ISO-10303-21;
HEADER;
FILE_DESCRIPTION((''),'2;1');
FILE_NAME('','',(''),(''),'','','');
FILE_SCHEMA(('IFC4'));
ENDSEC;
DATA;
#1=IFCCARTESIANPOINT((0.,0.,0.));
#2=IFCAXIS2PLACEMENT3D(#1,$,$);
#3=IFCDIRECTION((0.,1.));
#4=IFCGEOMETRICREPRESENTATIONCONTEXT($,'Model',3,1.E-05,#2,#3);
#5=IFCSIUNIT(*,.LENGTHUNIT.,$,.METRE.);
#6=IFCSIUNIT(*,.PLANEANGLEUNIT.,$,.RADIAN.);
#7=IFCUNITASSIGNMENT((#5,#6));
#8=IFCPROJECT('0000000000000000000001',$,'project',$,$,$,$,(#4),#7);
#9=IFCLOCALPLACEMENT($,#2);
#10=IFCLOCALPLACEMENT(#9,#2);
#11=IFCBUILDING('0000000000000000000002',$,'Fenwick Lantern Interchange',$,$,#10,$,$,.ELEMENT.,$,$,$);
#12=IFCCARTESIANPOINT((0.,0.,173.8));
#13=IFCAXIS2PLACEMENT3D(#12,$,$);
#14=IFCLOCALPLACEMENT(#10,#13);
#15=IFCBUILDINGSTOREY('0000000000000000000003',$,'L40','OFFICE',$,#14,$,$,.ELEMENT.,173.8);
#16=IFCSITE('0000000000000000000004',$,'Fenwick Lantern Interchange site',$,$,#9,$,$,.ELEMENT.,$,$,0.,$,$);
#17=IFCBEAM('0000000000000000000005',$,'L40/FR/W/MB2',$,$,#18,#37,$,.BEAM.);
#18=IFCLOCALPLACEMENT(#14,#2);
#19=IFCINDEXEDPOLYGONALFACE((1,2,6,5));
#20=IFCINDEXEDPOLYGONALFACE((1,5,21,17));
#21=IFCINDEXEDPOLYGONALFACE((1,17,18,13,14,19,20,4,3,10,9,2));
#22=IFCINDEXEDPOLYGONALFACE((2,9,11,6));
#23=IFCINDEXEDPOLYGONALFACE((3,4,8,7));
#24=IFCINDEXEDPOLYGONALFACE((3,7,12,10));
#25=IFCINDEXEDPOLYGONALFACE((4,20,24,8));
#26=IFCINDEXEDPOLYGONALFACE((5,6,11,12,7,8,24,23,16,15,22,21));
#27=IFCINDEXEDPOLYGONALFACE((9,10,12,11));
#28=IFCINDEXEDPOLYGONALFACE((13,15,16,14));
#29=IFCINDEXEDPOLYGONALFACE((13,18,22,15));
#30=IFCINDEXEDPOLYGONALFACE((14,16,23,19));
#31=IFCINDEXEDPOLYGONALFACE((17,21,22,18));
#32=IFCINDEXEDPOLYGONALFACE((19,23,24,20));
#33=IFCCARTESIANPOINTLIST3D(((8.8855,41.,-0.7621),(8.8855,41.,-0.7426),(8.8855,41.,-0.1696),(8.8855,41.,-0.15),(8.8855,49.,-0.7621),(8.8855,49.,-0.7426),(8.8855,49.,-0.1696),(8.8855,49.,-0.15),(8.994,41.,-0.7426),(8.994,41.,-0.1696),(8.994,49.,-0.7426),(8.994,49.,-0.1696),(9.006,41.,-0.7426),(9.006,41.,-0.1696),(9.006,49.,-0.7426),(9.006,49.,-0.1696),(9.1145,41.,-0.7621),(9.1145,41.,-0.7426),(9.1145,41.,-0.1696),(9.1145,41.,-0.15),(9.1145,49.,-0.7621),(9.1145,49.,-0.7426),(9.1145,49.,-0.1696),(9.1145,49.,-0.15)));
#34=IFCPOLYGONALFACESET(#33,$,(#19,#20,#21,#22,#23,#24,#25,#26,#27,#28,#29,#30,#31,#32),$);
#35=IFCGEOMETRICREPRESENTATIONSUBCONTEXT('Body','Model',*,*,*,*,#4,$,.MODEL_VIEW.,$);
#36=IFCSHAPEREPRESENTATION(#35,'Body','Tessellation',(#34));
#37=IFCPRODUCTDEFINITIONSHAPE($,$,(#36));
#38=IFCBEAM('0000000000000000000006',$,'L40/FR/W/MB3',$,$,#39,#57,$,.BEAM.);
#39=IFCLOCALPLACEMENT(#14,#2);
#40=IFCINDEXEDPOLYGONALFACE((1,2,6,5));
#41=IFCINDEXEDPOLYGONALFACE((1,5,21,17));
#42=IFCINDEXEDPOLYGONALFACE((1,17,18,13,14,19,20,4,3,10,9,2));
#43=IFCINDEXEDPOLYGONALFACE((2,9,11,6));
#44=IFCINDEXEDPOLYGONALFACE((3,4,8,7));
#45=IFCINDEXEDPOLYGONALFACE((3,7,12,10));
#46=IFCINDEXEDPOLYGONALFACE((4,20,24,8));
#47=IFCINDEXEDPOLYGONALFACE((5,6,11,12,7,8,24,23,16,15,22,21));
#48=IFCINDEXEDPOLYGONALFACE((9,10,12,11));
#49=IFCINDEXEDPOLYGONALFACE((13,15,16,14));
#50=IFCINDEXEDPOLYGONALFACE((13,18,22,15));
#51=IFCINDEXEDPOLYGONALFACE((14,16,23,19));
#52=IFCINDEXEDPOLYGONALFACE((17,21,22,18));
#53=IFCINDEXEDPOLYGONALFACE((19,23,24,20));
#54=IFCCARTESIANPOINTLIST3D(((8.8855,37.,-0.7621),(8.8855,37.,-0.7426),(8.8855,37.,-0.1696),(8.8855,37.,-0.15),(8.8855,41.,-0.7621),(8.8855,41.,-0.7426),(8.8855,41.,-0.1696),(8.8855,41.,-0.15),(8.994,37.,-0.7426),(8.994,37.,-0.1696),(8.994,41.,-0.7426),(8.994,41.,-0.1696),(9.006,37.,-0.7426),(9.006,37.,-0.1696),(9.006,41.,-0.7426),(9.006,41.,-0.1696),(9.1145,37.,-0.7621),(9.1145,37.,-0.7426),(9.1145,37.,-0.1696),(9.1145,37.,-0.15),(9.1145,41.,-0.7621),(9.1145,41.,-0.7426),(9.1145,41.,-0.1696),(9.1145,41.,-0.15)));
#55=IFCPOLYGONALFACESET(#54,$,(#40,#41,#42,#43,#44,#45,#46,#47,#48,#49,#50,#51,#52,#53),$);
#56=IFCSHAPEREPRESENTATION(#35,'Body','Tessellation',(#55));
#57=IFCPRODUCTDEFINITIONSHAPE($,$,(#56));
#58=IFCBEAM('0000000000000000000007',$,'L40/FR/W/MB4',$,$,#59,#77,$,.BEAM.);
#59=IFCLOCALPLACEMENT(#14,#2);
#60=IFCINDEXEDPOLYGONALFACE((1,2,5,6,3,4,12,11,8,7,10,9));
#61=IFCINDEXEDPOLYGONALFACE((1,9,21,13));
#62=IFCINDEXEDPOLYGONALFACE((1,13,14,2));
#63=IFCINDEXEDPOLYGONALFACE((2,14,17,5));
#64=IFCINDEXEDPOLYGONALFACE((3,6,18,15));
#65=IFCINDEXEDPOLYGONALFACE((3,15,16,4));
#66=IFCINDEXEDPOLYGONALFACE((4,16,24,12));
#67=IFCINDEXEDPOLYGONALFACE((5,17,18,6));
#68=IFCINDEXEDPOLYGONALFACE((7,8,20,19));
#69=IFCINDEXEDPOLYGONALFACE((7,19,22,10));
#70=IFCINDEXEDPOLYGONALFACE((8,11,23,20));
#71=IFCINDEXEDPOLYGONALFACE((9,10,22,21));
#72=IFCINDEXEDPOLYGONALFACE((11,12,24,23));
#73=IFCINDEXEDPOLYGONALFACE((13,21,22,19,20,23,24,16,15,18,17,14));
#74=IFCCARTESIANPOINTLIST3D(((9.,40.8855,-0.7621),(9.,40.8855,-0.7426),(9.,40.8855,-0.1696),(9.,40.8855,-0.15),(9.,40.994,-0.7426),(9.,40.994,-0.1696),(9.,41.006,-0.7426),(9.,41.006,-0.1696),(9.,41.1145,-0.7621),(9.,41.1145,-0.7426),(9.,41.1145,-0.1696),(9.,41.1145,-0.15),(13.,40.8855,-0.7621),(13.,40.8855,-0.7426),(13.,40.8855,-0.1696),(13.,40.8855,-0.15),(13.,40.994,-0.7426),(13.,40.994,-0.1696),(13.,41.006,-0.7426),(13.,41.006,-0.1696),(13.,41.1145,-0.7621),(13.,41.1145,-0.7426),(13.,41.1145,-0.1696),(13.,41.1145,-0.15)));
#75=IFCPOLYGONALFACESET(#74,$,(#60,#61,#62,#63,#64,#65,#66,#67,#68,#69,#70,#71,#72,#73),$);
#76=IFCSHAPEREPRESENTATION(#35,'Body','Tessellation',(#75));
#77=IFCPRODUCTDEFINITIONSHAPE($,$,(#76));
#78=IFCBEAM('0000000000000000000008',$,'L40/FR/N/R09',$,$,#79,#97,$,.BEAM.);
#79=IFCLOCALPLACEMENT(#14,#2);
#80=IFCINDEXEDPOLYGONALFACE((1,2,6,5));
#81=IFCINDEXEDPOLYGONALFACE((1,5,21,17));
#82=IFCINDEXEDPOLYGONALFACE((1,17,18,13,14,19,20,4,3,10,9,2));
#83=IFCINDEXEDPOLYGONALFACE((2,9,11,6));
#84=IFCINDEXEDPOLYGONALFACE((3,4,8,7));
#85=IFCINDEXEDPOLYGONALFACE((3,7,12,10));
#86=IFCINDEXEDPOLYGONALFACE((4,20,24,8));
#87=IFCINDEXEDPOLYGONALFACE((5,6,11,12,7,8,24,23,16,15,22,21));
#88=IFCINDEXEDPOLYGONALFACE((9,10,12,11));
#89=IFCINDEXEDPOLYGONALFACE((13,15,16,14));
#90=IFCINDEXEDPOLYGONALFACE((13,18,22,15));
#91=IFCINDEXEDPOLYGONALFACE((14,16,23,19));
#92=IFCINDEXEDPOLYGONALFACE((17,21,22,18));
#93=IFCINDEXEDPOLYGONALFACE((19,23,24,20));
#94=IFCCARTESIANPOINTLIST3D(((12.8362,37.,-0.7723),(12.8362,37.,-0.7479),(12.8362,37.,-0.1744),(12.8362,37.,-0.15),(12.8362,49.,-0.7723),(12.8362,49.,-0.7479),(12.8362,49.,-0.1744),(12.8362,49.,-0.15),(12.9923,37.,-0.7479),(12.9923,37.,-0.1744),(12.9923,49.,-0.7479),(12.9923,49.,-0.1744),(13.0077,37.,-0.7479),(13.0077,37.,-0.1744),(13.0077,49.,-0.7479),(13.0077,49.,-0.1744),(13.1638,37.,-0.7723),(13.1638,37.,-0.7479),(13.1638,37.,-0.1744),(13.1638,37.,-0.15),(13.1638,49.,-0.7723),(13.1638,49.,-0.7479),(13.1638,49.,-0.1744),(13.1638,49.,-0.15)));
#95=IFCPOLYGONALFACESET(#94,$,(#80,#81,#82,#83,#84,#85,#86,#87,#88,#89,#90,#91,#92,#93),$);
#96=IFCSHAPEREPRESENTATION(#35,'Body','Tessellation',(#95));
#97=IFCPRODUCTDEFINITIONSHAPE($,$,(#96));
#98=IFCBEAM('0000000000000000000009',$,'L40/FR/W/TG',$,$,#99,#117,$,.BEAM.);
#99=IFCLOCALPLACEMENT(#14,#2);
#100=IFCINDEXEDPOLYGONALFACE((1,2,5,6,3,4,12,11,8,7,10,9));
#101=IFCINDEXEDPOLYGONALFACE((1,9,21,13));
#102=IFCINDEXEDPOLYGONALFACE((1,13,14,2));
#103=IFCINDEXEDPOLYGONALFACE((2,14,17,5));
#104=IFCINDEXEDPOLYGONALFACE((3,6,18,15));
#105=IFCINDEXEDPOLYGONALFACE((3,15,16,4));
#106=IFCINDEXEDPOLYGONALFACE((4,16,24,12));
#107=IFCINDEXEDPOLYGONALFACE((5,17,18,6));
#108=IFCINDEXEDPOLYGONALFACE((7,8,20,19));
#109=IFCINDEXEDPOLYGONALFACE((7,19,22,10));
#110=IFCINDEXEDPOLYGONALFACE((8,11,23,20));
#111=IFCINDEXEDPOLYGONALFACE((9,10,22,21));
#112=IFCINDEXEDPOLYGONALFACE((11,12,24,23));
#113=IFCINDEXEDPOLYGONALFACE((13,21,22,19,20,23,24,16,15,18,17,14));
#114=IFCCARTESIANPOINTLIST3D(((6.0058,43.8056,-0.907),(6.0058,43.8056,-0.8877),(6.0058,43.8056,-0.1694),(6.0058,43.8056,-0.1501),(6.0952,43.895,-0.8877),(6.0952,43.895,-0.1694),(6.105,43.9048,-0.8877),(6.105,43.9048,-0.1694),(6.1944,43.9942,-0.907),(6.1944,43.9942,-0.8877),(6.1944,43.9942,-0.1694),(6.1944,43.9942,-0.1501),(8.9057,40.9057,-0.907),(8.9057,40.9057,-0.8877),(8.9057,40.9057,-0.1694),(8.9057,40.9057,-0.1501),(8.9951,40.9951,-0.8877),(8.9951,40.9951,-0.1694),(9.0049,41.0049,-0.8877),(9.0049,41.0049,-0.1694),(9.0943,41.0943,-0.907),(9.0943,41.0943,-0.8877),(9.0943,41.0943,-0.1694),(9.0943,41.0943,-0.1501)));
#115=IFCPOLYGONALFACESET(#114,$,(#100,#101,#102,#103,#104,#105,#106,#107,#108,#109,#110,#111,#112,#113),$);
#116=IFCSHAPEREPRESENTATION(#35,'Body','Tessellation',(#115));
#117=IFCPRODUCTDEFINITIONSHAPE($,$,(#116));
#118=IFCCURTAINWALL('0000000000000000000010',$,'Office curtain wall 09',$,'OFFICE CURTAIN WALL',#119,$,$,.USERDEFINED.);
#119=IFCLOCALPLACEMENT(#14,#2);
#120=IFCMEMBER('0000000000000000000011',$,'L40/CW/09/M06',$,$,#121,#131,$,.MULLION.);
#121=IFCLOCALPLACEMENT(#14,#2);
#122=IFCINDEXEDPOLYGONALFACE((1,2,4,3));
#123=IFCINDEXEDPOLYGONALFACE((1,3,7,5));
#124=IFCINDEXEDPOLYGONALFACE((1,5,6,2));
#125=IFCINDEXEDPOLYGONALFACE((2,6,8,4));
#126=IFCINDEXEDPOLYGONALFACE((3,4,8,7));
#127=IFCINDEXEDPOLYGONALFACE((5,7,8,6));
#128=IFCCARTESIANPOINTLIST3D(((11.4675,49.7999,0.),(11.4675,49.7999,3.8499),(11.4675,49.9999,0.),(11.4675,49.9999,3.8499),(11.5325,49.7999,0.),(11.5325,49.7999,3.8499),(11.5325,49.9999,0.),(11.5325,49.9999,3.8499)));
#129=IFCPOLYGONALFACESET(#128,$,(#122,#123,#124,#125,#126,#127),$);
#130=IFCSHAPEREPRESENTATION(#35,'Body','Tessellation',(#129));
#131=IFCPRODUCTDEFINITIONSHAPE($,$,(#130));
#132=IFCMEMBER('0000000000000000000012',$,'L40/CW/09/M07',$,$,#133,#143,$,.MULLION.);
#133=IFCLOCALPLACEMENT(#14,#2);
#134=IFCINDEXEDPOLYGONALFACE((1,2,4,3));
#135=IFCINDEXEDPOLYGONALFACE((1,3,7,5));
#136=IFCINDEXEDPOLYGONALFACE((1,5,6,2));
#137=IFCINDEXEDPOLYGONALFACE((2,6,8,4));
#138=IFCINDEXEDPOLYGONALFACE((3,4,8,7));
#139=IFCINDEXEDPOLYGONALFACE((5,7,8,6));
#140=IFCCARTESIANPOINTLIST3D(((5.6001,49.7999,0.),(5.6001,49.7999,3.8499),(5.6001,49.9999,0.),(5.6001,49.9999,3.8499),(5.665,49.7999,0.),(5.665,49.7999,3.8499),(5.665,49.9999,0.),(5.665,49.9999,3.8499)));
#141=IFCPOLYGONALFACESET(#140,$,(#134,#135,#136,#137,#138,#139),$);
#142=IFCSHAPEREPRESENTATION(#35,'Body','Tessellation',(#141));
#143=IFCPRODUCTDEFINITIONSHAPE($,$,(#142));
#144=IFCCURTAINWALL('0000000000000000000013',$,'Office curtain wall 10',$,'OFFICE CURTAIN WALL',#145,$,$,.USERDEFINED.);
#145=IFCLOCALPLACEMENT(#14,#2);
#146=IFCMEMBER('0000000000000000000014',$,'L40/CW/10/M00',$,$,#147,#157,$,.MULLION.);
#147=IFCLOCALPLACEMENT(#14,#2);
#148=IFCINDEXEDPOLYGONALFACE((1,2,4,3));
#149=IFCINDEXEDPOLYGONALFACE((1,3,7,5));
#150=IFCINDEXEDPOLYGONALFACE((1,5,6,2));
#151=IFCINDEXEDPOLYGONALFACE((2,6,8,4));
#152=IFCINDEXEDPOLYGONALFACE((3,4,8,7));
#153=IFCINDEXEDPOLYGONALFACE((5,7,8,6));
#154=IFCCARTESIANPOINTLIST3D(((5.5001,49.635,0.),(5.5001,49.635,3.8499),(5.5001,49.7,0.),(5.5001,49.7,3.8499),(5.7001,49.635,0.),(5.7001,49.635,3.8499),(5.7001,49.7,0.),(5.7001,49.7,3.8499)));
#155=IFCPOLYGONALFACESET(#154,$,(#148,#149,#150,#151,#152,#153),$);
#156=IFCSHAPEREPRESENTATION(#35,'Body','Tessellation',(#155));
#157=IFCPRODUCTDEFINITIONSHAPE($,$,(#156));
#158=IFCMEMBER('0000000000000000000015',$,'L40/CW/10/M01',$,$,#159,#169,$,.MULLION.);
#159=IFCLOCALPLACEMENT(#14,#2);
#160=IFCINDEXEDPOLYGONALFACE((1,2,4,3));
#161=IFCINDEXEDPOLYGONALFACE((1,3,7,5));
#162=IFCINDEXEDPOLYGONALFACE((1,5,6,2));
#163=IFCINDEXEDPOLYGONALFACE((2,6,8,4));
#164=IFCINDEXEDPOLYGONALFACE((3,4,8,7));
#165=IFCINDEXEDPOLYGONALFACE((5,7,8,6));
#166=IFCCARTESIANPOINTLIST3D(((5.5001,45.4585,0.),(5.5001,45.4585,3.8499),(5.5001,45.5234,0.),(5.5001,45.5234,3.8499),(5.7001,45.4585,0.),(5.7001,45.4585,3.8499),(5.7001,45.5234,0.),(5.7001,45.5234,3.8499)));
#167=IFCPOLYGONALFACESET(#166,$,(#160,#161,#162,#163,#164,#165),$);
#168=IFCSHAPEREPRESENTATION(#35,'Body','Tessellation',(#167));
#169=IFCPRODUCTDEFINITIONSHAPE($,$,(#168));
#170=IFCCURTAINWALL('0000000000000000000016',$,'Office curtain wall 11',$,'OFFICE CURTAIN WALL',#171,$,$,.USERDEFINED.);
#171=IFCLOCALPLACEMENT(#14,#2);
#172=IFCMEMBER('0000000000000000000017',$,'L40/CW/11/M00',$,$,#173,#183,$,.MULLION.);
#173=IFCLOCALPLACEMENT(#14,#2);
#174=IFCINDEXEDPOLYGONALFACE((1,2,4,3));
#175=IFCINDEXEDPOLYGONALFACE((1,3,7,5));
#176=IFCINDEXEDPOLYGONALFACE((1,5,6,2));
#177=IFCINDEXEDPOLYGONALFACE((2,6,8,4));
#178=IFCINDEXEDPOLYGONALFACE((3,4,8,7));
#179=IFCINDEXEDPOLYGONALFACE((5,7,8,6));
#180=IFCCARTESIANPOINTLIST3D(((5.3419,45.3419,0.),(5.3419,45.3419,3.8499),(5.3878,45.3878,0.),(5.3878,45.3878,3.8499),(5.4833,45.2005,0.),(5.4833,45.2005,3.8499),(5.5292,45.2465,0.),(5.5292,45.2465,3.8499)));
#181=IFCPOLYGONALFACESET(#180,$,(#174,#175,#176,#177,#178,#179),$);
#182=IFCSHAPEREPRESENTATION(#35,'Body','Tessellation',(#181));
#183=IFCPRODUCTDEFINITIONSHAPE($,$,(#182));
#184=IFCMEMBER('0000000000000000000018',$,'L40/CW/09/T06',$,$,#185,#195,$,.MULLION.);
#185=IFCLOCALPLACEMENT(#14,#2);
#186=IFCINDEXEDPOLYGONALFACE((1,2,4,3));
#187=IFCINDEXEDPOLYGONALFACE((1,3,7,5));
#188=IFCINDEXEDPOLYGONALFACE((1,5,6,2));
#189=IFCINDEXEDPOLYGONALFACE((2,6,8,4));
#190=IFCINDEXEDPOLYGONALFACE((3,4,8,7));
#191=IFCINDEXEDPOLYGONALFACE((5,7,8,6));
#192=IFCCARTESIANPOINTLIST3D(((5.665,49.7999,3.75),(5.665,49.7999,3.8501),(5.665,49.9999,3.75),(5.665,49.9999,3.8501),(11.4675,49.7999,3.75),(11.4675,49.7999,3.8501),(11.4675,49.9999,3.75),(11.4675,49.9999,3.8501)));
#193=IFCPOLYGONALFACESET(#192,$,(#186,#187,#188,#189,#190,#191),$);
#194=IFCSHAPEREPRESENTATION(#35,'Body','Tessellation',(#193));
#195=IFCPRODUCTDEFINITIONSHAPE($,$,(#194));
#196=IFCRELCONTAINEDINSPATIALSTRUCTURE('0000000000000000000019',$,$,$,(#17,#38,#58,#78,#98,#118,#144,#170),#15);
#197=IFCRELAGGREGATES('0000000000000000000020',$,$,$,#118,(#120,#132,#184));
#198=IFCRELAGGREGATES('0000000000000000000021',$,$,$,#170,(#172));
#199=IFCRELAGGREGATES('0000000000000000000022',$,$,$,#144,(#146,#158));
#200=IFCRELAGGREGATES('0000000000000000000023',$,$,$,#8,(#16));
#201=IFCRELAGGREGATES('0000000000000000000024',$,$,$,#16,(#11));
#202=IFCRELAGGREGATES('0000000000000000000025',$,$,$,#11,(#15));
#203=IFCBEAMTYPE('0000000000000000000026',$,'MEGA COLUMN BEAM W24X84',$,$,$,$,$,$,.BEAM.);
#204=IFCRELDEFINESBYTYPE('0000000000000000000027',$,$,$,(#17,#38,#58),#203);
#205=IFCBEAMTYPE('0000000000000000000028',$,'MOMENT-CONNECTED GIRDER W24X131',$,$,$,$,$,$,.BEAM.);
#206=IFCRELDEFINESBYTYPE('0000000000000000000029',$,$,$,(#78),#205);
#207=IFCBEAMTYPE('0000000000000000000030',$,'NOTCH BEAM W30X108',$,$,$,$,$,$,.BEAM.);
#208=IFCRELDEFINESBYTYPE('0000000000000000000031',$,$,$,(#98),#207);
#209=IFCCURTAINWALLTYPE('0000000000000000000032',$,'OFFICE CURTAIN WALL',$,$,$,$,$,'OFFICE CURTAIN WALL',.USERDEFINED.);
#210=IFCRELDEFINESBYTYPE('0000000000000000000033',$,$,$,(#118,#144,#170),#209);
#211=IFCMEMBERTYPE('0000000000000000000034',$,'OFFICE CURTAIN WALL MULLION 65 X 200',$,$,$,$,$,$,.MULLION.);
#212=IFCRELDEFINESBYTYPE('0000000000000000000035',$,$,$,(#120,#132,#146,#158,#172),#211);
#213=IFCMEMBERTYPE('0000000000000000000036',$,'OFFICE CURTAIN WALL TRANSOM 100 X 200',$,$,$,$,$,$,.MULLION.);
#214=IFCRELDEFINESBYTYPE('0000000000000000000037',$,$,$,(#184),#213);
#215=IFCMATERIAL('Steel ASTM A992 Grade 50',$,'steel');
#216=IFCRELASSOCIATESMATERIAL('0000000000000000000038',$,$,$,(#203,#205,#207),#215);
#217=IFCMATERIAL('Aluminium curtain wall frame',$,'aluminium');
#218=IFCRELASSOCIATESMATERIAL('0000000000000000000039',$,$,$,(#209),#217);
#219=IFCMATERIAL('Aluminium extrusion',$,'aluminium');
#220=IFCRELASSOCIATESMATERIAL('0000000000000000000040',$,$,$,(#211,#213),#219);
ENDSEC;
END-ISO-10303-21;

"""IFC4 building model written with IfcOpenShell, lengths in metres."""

from ifc_helpers import new_model, si_unit, direction, frame, origin, origin_2d, place, context, subcontext, project, spatial, rectangle, i_section, extrude, material, material_profile, profile_set, type_object, element, aggregate, save


model = new_model("IFC4")

# Units and contexts
model_context = context("Model", 3, precision=1e-05, world=origin(), true_north=direction((0.0, 1.0)))
body_context = subcontext(model_context, "Body", "Model", "MODEL_VIEW")
ifc_project = project(units=[si_unit("LENGTHUNIT", "METRE"), si_unit("PLANEANGLEUNIT", "RADIAN")], contexts=[model_context])

# Site, building, storey
site_placement = place(None, origin())
site = spatial("IfcSite", under=ifc_project, at=site_placement, Name="Fenwick Lantern Interchange site", CompositionType="ELEMENT", RefElevation=0.0)
building_placement = place(site_placement, origin())
building = spatial("IfcBuilding", under=site, at=building_placement, Name="Fenwick Lantern Interchange", CompositionType="ELEMENT")
storey_placement = place(building_placement, frame((0.0, 0.0, 173.8)))
storey = spatial("IfcBuildingStorey", under=building, at=storey_placement, Name="L40", Description="OFFICE", CompositionType="ELEMENT", Elevation=173.8)

# Shared definitions
ifc_material_1 = material(Name="Steel ASTM A992 Grade 50", Category="steel")

# Beams
ifc_material_profile_1 = material_profile(ifc_material_1, i_section(OverallWidth=0.229, OverallDepth=0.6121, WebThickness=0.012, FlangeThickness=0.0195, at=origin_2d()), Name="W24X84")
ifc_profile_set_1 = profile_set([ifc_material_profile_1], Name="Steel ASTM A992 Grade 50")
beam_type_1 = type_object("IfcBeamType", Name="MEGA COLUMN BEAM W24X84", PredefinedType="BEAM", material=ifc_profile_set_1)
beam_1_placement = place(storey_placement, frame((9.0, 41.0, -0.4561), z_axis=(0.0, 1.0, 0.0), x_axis=(-1.0, 0.0, 0.0)))
element("IfcBeam", 1, at=beam_1_placement, inside=storey, type_object=beam_type_1, Name="L40/FR/W/MB2", PredefinedType="BEAM", context=body_context, shape_type="SweptSolid", body=[
    extrude(i_section(OverallWidth=0.229, OverallDepth=0.6121, WebThickness=0.012, FlangeThickness=0.0195, at=origin_2d()), origin(), (0.0, 0.0, 1.0), 8.0),
])
for number, where, z_axis, x_axis, name in (
    (2, (9.0, 41.0, -0.4561), (0.0, -1.0, 0.0), (1.0, 0.0, 0.0), "L40/FR/W/MB3"),
    (3, (9.0, 41.0, -0.4561), (1.0, 0.0, 0.0), (0.0, 1.0, 0.0), "L40/FR/W/MB4"),
):
    element("IfcBeam", number, at=place(storey_placement, frame(where, z_axis=z_axis, x_axis=x_axis)), inside=storey, type_object=beam_type_1, Name=name, PredefinedType="BEAM", context=body_context, shape_type="SweptSolid", body=[
        extrude(i_section(OverallWidth=0.229, OverallDepth=0.6121, WebThickness=0.012, FlangeThickness=0.0195, at=origin_2d()), origin(), (0.0, 0.0, 1.0), 4.0),
    ])
ifc_material_profile_2 = material_profile(ifc_material_1, i_section(OverallWidth=0.3276, OverallDepth=0.6223, WebThickness=0.0154, FlangeThickness=0.0244, at=origin_2d()), Name="W24X131")
ifc_profile_set_2 = profile_set([ifc_material_profile_2], Name="Steel ASTM A992 Grade 50")
beam_type_2 = type_object("IfcBeamType", Name="MOMENT-CONNECTED GIRDER W24X131", PredefinedType="BEAM", material=ifc_profile_set_2)
beam_2_placement = place(storey_placement, frame((13.0, 49.0, -0.4612), z_axis=(0.0, -1.0, 0.0), x_axis=(1.0, 0.0, 0.0)))
element("IfcBeam", 4, at=beam_2_placement, inside=storey, type_object=beam_type_2, Name="L40/FR/N/R09", PredefinedType="BEAM", context=body_context, shape_type="SweptSolid", body=[
    extrude(i_section(OverallWidth=0.3276, OverallDepth=0.6223, WebThickness=0.0154, FlangeThickness=0.0244, at=origin_2d()), origin(), (0.0, 0.0, 1.0), 12.0),
])
ifc_material_profile_3 = material_profile(ifc_material_1, i_section(OverallWidth=0.2666, OverallDepth=0.7568, WebThickness=0.0139, FlangeThickness=0.0193, at=origin_2d()), Name="W30X108")
ifc_profile_set_3 = profile_set([ifc_material_profile_3], Name="Steel ASTM A992 Grade 50")
beam_type_3 = type_object("IfcBeamType", Name="NOTCH BEAM W30X108", PredefinedType="BEAM", material=ifc_profile_set_3)
beam_3_placement = place(storey_placement, frame((9.0, 41.0, -0.5286), z_axis=(-0.707107, 0.707107, 0.0), x_axis=(-0.707107, -0.707107, 0.0)))
element("IfcBeam", 5, at=beam_3_placement, inside=storey, type_object=beam_type_3, Name="L40/FR/W/TG", PredefinedType="BEAM", context=body_context, shape_type="SweptSolid", body=[
    extrude(i_section(OverallWidth=0.2666, OverallDepth=0.7568, WebThickness=0.0139, FlangeThickness=0.0193, at=origin_2d()), origin(), (0.0, 0.0, 1.0), 4.1011),
])

# Curtain walls, members
ifc_material_2 = material(Name="Aluminium curtain wall frame", Category="aluminium")
curtain_wall_type = type_object("IfcCurtainWallType", Name="OFFICE CURTAIN WALL", ElementType="OFFICE CURTAIN WALL", PredefinedType="USERDEFINED", material=ifc_material_2)
curtain_wall_1_placement = place(storey_placement, origin())
curtain_wall_1 = element("IfcCurtainWall", 6, at=curtain_wall_1_placement, inside=storey, type_object=curtain_wall_type, Name="Office curtain wall 09", ObjectType="OFFICE CURTAIN WALL", PredefinedType="USERDEFINED")
ifc_material_3 = material(Name="Aluminium extrusion", Category="aluminium")
ifc_material_profile_4 = material_profile(ifc_material_3, rectangle(XDim=0.2, YDim=0.0649, at=origin_2d()), Name="OFFICE CURTAIN WALL MULLION 65 X 200")
ifc_profile_set_4 = profile_set([ifc_material_profile_4], Name="Aluminium extrusion")
member_type_1 = type_object("IfcMemberType", Name="OFFICE CURTAIN WALL MULLION 65 X 200", PredefinedType="MULLION", material=ifc_profile_set_4)
member_1_placement = place(storey_placement, frame((11.5, 49.8999, 0.0), z_axis=(0.0, 0.0, 1.0), x_axis=(0.0, -1.0, 0.0)))
member_1 = element("IfcMember", 7, at=member_1_placement, type_object=member_type_1, Name="L40/CW/09/M06", PredefinedType="MULLION", context=body_context, shape_type="SweptSolid", body=[
    extrude(rectangle(XDim=0.2, YDim=0.0649, at=origin_2d()), origin(), (0.0, 0.0, 1.0), 3.8499),
])
member_2_placement = place(storey_placement, frame((5.6326, 49.8999, 0.0), z_axis=(0.0, 0.0, 1.0), x_axis=(0.0, -1.0, 0.0)))
member_2 = element("IfcMember", 8, at=member_2_placement, type_object=member_type_1, Name="L40/CW/09/M07", PredefinedType="MULLION", context=body_context, shape_type="SweptSolid", body=[
    extrude(rectangle(XDim=0.2, YDim=0.0649, at=origin_2d()), origin(), (0.0, 0.0, 1.0), 3.8499),
])
curtain_wall_2_placement = place(storey_placement, origin())
curtain_wall_2 = element("IfcCurtainWall", 9, at=curtain_wall_2_placement, inside=storey, type_object=curtain_wall_type, Name="Office curtain wall 10", ObjectType="OFFICE CURTAIN WALL", PredefinedType="USERDEFINED")
member_3_placement = place(storey_placement, frame((5.6001, 49.6675, 0.0), z_axis=(0.0, 0.0, 1.0), x_axis=(1.0, 0.0, 0.0)))
member_3 = element("IfcMember", 10, at=member_3_placement, type_object=member_type_1, Name="L40/CW/10/M00", PredefinedType="MULLION", context=body_context, shape_type="SweptSolid", body=[
    extrude(rectangle(XDim=0.2, YDim=0.0649, at=origin_2d()), origin(), (0.0, 0.0, 1.0), 3.8499),
])
member_4_placement = place(storey_placement, frame((5.6001, 45.491, 0.0), z_axis=(0.0, 0.0, 1.0), x_axis=(1.0, 0.0, 0.0)))
member_4 = element("IfcMember", 11, at=member_4_placement, type_object=member_type_1, Name="L40/CW/10/M01", PredefinedType="MULLION", context=body_context, shape_type="SweptSolid", body=[
    extrude(rectangle(XDim=0.2, YDim=0.0649, at=origin_2d()), origin(), (0.0, 0.0, 1.0), 3.8499),
])

# Curtain wall, member
curtain_wall_3_placement = place(storey_placement, origin())
curtain_wall_3 = element("IfcCurtainWall", 12, at=curtain_wall_3_placement, inside=storey, type_object=curtain_wall_type, Name="Office curtain wall 11", ObjectType="OFFICE CURTAIN WALL", PredefinedType="USERDEFINED")
member_5_placement = place(storey_placement, frame((5.4355, 45.2942, 0.0), z_axis=(0.0, 0.0, 1.0), x_axis=(0.707107, -0.707107, 0.0)))
member_5 = element("IfcMember", 13, at=member_5_placement, type_object=member_type_1, Name="L40/CW/11/M00", PredefinedType="MULLION", context=body_context, shape_type="SweptSolid", body=[
    extrude(rectangle(XDim=0.2, YDim=0.0649, at=origin_2d()), origin(), (0.0, 0.0, 1.0), 3.8499),
])

# Member
ifc_material_profile_5 = material_profile(ifc_material_3, rectangle(XDim=0.2, YDim=0.1001, at=origin_2d()), Name="OFFICE CURTAIN WALL TRANSOM 100 X 200")
ifc_profile_set_5 = profile_set([ifc_material_profile_5], Name="Aluminium extrusion")
member_type_2 = type_object("IfcMemberType", Name="OFFICE CURTAIN WALL TRANSOM 100 X 200", PredefinedType="MULLION", material=ifc_profile_set_5)
member_6_placement = place(storey_placement, frame((11.4675, 49.8999, 3.8), z_axis=(-1.0, 0.0, 0.0), x_axis=(0.0, -1.0, 0.0)))
member_6 = element("IfcMember", 14, at=member_6_placement, type_object=member_type_2, Name="L40/CW/09/T06", PredefinedType="MULLION", context=body_context, shape_type="SweptSolid", body=[
    extrude(rectangle(XDim=0.2, YDim=0.1001, at=origin_2d()), origin(), (0.0, 0.0, 1.0), 5.8025),
])
aggregate(curtain_wall_1, [member_1, member_2, member_6])
aggregate(curtain_wall_3, [member_5])

aggregate(curtain_wall_2, [member_3, member_4])

save(model, "model.ifc")
